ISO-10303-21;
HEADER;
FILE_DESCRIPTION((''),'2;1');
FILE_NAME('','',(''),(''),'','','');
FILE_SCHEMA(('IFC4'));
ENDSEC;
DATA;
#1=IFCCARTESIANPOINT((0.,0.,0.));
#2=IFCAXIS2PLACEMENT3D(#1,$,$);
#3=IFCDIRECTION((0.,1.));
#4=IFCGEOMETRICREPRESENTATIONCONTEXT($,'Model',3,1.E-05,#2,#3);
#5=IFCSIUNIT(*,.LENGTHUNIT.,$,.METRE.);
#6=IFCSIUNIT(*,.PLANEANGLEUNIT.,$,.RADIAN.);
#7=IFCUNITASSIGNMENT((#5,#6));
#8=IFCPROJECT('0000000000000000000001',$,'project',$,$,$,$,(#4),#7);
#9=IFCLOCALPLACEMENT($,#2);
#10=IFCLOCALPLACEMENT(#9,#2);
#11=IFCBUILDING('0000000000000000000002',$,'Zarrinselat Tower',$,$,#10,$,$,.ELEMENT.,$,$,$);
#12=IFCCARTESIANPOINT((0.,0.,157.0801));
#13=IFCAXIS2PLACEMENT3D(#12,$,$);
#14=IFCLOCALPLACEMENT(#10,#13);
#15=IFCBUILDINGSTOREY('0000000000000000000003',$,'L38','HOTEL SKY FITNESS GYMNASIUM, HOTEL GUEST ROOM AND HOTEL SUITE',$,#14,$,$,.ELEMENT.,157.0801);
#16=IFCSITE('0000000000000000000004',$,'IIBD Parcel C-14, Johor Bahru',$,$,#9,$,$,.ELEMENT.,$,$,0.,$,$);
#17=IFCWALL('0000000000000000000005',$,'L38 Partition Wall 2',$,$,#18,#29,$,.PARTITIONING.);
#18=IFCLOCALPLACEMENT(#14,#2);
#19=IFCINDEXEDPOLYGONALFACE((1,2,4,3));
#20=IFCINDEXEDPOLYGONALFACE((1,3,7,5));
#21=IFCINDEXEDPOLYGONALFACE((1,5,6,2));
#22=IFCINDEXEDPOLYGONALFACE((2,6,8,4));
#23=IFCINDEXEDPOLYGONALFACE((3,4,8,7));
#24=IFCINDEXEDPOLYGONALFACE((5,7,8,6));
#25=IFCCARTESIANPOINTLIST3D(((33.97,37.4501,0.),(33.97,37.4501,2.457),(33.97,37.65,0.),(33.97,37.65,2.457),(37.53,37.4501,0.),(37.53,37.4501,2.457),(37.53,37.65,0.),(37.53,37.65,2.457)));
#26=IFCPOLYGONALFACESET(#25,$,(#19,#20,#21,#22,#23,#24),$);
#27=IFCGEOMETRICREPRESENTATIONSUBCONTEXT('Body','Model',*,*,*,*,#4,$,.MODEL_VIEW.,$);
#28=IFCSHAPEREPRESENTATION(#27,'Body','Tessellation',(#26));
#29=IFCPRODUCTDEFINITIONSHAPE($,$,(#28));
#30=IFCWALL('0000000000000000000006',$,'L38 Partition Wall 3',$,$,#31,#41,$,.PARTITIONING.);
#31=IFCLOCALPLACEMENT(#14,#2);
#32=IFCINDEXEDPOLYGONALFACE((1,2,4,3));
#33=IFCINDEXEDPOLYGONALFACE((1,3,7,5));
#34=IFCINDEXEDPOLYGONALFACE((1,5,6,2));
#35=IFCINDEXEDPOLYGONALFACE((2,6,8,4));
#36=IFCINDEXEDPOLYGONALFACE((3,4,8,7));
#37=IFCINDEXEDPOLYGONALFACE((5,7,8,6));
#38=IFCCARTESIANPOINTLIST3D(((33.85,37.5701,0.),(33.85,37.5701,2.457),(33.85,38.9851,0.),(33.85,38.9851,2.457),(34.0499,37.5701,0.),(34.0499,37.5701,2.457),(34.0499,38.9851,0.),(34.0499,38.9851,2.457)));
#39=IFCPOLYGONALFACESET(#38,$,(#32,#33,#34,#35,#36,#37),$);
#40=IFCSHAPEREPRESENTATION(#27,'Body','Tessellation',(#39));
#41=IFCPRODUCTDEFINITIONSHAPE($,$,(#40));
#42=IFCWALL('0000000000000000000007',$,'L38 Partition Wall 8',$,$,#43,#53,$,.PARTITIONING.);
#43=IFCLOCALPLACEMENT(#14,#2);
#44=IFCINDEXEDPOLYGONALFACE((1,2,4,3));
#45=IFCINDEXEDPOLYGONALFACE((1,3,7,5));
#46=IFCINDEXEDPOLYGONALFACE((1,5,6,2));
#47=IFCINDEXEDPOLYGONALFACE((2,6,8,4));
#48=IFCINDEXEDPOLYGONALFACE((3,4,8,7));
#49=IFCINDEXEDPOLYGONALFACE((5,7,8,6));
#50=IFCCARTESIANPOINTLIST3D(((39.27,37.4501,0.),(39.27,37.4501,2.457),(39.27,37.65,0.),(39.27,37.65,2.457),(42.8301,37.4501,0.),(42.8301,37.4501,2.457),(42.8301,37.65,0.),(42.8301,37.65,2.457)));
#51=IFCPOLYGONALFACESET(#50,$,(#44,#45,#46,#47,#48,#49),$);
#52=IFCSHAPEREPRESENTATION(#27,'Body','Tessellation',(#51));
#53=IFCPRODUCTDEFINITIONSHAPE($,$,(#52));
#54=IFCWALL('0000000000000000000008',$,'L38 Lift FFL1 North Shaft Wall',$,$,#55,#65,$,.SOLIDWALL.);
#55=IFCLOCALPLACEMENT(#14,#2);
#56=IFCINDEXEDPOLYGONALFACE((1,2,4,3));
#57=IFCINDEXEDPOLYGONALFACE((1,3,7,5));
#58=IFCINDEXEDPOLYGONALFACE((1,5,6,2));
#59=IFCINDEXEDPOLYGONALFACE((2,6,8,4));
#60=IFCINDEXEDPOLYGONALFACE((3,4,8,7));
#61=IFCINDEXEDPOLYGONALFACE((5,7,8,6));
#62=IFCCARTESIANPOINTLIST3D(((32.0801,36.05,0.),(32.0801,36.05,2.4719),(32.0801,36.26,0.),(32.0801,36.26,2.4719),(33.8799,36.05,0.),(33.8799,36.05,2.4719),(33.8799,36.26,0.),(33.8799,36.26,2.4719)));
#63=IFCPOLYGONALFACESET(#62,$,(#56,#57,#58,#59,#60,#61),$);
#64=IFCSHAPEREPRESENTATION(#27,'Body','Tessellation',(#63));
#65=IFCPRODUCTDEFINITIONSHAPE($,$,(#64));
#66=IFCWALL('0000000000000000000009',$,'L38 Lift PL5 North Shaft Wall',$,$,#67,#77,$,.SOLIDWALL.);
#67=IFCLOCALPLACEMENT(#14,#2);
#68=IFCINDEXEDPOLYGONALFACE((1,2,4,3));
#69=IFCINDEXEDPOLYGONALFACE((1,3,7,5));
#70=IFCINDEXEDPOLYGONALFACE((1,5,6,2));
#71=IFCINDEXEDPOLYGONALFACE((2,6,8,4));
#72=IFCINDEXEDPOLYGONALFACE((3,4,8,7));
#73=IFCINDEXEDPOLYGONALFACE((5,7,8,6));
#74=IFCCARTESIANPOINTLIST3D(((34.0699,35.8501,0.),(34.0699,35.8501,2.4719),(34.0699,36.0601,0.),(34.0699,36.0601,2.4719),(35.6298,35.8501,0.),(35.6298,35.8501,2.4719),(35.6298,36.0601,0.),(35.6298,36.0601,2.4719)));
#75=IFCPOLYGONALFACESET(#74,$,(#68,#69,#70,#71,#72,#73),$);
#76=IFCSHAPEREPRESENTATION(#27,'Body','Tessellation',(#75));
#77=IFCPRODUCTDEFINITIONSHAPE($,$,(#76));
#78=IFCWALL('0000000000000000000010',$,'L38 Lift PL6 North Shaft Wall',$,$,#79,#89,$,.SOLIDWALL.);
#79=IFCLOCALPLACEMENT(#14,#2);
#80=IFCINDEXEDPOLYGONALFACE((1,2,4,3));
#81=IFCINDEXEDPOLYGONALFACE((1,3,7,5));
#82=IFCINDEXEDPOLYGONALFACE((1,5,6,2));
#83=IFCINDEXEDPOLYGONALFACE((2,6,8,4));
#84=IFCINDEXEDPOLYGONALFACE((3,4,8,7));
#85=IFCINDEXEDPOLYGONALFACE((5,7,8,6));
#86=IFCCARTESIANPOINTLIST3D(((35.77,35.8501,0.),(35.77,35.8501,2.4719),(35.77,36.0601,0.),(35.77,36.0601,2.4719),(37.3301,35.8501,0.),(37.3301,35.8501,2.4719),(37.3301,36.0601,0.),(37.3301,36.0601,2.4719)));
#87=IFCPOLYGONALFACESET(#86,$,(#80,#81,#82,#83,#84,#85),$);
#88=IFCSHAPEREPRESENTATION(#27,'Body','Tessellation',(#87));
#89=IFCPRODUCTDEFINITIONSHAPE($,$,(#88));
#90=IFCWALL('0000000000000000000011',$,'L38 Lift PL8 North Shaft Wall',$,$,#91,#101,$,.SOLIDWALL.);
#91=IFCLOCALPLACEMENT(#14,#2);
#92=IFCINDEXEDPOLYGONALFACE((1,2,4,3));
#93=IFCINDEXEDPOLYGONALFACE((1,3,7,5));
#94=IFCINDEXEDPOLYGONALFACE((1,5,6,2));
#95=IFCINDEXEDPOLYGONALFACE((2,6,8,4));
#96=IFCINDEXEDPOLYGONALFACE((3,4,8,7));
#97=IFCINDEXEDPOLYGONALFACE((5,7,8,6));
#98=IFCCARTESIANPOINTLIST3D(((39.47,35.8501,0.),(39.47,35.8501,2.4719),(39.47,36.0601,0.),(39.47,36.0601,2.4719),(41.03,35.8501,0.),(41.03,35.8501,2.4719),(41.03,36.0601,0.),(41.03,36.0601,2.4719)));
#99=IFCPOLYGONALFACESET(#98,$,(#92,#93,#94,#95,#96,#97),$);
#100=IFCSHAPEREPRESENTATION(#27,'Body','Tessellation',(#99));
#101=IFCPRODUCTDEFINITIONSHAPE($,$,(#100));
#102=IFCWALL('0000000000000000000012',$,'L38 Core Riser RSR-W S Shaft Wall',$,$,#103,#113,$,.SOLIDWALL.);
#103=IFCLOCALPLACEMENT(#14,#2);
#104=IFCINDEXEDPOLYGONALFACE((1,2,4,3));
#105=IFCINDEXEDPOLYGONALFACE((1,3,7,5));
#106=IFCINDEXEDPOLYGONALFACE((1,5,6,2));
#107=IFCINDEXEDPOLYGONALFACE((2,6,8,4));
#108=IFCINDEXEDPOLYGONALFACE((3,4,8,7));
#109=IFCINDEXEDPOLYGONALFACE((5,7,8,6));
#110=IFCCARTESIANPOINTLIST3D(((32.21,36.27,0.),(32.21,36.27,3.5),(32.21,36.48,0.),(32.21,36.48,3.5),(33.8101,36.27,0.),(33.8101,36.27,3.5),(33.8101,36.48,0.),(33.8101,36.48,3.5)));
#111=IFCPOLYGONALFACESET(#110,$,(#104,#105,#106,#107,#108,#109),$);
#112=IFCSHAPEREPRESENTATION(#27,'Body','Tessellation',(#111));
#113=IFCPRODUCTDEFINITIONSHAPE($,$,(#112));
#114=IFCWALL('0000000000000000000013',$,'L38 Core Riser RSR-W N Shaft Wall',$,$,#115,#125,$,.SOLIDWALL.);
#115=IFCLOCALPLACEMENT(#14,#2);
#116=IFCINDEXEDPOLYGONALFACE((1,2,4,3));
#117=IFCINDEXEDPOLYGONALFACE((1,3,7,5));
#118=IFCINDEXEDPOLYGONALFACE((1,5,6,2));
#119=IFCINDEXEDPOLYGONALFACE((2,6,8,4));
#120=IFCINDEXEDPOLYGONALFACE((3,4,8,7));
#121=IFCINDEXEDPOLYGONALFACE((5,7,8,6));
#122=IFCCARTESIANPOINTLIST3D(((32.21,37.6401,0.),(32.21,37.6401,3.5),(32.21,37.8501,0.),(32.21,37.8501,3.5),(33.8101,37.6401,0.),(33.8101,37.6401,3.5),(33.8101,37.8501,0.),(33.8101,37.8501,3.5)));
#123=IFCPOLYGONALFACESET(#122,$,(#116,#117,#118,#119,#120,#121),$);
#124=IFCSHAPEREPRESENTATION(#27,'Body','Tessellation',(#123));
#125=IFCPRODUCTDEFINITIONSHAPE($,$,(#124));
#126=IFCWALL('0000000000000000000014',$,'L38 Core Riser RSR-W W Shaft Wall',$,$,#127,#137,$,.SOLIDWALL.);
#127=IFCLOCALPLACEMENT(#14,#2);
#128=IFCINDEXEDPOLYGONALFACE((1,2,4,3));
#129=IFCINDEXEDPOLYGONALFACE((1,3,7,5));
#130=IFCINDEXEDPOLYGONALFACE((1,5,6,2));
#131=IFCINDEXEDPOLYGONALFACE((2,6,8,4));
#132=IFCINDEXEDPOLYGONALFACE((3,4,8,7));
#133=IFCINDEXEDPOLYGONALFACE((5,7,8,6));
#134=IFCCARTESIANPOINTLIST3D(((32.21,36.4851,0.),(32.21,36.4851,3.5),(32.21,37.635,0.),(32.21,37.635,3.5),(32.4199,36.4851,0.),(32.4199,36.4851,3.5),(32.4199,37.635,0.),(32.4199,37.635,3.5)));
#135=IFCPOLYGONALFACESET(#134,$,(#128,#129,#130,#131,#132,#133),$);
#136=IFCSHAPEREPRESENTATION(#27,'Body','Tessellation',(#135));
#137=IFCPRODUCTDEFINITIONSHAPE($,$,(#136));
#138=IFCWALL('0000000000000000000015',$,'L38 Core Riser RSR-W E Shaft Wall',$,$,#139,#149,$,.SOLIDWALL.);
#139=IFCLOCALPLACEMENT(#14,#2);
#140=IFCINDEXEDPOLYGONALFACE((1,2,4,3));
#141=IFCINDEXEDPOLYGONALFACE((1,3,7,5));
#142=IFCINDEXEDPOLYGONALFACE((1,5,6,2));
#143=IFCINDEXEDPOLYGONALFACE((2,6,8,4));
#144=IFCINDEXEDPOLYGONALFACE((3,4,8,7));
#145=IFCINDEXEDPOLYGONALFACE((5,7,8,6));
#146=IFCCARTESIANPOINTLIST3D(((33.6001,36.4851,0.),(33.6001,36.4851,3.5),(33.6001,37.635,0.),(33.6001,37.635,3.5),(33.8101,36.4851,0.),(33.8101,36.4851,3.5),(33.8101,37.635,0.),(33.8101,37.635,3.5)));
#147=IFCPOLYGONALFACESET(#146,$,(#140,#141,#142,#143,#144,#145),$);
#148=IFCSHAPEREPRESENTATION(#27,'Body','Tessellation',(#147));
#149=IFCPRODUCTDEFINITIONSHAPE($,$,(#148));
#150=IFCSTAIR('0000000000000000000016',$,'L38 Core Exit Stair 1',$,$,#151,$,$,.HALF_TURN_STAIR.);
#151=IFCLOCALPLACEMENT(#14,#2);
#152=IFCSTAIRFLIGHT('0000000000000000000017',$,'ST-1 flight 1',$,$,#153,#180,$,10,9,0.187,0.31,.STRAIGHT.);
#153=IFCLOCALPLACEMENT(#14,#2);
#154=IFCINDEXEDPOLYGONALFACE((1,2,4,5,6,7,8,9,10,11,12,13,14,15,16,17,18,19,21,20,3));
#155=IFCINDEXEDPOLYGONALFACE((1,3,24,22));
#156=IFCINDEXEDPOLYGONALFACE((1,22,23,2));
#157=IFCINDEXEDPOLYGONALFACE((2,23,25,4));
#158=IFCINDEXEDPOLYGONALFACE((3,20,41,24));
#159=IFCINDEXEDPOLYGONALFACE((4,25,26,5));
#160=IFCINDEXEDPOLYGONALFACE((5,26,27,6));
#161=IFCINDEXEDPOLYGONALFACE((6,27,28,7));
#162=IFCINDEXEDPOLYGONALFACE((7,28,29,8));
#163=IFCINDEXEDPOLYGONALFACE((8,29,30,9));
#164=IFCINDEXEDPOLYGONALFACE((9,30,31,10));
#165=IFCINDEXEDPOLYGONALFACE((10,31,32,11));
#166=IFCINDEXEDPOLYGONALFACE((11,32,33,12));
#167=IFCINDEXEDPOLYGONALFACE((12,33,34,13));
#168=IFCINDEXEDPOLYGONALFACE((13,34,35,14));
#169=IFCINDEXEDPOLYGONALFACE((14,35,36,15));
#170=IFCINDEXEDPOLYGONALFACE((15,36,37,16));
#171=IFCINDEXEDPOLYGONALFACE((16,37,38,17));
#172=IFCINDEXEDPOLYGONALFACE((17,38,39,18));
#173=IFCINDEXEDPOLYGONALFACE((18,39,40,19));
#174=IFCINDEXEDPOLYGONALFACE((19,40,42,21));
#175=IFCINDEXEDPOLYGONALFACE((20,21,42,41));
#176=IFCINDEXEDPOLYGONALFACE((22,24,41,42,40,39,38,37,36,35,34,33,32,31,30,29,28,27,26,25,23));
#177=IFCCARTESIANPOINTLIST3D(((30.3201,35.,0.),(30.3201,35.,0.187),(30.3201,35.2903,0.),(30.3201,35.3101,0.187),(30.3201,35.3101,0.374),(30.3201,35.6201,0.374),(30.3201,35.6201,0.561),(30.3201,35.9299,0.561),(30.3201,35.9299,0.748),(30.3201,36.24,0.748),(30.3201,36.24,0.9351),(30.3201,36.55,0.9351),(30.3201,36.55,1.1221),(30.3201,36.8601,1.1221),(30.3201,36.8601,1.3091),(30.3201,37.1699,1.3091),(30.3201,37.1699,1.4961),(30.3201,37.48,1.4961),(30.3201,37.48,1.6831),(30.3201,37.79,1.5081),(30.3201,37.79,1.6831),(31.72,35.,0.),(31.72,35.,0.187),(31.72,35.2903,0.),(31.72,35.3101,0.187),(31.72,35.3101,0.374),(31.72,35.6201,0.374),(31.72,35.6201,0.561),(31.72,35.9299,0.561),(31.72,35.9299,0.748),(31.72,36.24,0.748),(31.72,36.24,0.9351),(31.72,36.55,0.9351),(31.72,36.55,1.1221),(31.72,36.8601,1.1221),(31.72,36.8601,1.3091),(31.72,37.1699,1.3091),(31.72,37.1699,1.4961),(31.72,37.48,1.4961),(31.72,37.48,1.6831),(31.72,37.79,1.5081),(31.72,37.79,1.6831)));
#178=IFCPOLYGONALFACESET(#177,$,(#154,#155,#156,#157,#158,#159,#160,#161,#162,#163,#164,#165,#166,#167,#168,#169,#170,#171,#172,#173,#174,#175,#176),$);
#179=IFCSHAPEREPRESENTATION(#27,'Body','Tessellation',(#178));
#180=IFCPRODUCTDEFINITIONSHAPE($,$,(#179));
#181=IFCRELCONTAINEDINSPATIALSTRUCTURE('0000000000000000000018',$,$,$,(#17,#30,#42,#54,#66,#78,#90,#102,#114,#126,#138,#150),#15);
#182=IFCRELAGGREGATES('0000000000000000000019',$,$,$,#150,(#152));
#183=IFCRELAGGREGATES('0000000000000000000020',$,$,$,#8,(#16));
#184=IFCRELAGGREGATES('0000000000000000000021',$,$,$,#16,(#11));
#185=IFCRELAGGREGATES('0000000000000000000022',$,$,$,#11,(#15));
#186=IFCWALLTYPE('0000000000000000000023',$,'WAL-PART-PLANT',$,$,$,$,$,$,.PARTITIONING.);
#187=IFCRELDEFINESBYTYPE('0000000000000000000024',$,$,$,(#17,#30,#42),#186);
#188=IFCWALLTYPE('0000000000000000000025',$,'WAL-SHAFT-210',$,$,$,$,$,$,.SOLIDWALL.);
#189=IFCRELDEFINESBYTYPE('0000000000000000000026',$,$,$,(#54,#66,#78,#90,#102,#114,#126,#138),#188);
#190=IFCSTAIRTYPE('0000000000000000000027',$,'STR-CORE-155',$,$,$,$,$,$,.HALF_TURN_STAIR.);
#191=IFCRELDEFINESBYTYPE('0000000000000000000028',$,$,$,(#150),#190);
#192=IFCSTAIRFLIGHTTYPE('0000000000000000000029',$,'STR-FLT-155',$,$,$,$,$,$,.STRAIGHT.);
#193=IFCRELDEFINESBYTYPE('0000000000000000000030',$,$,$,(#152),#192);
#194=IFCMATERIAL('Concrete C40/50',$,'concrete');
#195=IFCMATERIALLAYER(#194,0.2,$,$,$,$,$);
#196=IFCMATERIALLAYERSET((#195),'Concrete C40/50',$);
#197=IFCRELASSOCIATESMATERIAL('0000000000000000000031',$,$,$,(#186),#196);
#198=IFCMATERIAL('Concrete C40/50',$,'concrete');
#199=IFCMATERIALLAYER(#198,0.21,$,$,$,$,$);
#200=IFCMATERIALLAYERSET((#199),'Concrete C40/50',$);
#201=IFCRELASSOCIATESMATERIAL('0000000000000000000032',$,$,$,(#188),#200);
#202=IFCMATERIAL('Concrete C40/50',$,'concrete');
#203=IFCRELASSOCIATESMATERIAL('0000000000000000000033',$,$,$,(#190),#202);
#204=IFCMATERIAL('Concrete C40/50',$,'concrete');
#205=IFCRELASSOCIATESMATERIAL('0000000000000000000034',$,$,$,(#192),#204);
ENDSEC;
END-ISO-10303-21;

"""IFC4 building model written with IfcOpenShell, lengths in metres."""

from ifc_helpers import new_model, si_unit, direction, frame, frame_2d, origin, place, context, subcontext, project, spatial, polyline, rectangle, outline, extrude, material, layer, layer_set, type_object, element, aggregate, save


model = new_model("IFC4")

# Units and contexts
model_context = context("Model", 3, precision=1e-05, world=origin(), true_north=direction((0.0, 1.0)))
body_context = subcontext(model_context, "Body", "Model", "MODEL_VIEW")
ifc_project = project(units=[si_unit("LENGTHUNIT", "METRE"), si_unit("PLANEANGLEUNIT", "RADIAN")], contexts=[model_context])

# Site, building, storey
site_placement = place(None, origin())
site = spatial("IfcSite", under=ifc_project, at=site_placement, Name="IIBD Parcel C-14, Johor Bahru", CompositionType="ELEMENT", RefElevation=0.0)
building_placement = place(site_placement, origin())
building = spatial("IfcBuilding", under=site, at=building_placement, Name="Zarrinselat Tower", CompositionType="ELEMENT")
storey_placement = place(building_placement, frame((0.0, 0.0, 157.0801)))
storey = spatial("IfcBuildingStorey", under=building, at=storey_placement, Name="L38", Description="HOTEL SKY FITNESS GYMNASIUM, HOTEL GUEST ROOM AND HOTEL SUITE", CompositionType="ELEMENT", Elevation=157.0801)

# Walls
ifc_material_1 = material(Name="Concrete C40/50", Category="concrete")
ifc_layer_1 = layer(ifc_material_1, 0.2)
ifc_layer_set_1 = layer_set([ifc_layer_1], Name="Concrete C40/50")
wall_type_1 = type_object("IfcWallType", Name="WAL-PART-PLANT", PredefinedType="PARTITIONING", material=ifc_layer_set_1)
wall_1_placement = place(storey_placement, frame((33.97, 37.55, 0.0), z_axis=(0.0, 0.0, 1.0), x_axis=(1.0, 0.0, 0.0)))
element("IfcWall", 1, at=wall_1_placement, inside=storey, type_object=wall_type_1, Name="L38 Partition Wall 2", PredefinedType="PARTITIONING", context=body_context, shape_type="SweptSolid", body=[
    extrude(rectangle(XDim=3.5601, YDim=0.2, at=frame_2d((1.78, 0.0))), origin(), (0.0, 0.0, 1.0), 2.457),
])
wall_2_placement = place(storey_placement, frame((33.95, 37.5701, 0.0), z_axis=(0.0, 0.0, 1.0), x_axis=(0.0, 1.0, 0.0)))
element("IfcWall", 2, at=wall_2_placement, inside=storey, type_object=wall_type_1, Name="L38 Partition Wall 3", PredefinedType="PARTITIONING", context=body_context, shape_type="SweptSolid", body=[
    extrude(rectangle(XDim=1.415, YDim=0.2, at=frame_2d((0.7075, 0.0))), origin(), (0.0, 0.0, 1.0), 2.457),
])
wall_3_placement = place(storey_placement, frame((39.27, 37.55, 0.0), z_axis=(0.0, 0.0, 1.0), x_axis=(1.0, 0.0, 0.0)))
element("IfcWall", 3, at=wall_3_placement, inside=storey, type_object=wall_type_1, Name="L38 Partition Wall 8", PredefinedType="PARTITIONING", context=body_context, shape_type="SweptSolid", body=[
    extrude(rectangle(XDim=3.5601, YDim=0.2, at=frame_2d((1.78, 0.0))), origin(), (0.0, 0.0, 1.0), 2.457),
])
ifc_material_2 = material(Name="Concrete C40/50", Category="concrete")
ifc_layer_2 = layer(ifc_material_2, 0.21)
ifc_layer_set_2 = layer_set([ifc_layer_2], Name="Concrete C40/50")
wall_type_2 = type_object("IfcWallType", Name="WAL-SHAFT-210", PredefinedType="SOLIDWALL", material=ifc_layer_set_2)
wall_4_placement = place(storey_placement, frame((32.0801, 36.155, 0.0), z_axis=(0.0, 0.0, 1.0), x_axis=(1.0, 0.0, 0.0)))
element("IfcWall", 4, at=wall_4_placement, inside=storey, type_object=wall_type_2, Name="L38 Lift FFL1 North Shaft Wall", PredefinedType="SOLIDWALL", context=body_context, shape_type="SweptSolid", body=[
    extrude(rectangle(XDim=1.7998, YDim=0.21, at=frame_2d((0.8999, 0.0))), origin(), (0.0, 0.0, 1.0), 2.4719),
])
wall_5_placement = place(storey_placement, frame((34.0701, 35.9551, 0.0), z_axis=(0.0, 0.0, 1.0), x_axis=(1.0, 0.0, 0.0)))
element("IfcWall", 5, at=wall_5_placement, inside=storey, type_object=wall_type_2, Name="L38 Lift PL5 North Shaft Wall", PredefinedType="SOLIDWALL", context=body_context, shape_type="SweptSolid", body=[
    extrude(rectangle(XDim=1.5598, YDim=0.21, at=frame_2d((0.7798, 0.0))), origin(), (0.0, 0.0, 1.0), 2.4719),
])
for number, where, z_axis, x_axis, name in (
    (6, (35.77, 35.9551, 0.0), (0.0, 0.0, 1.0), (1.0, 0.0, 0.0), "L38 Lift PL6 North Shaft Wall"),
    (7, (39.47, 35.9551, 0.0), (0.0, 0.0, 1.0), (1.0, 0.0, 0.0), "L38 Lift PL8 North Shaft Wall"),
):
    element("IfcWall", number, at=place(storey_placement, frame(where, z_axis=z_axis, x_axis=x_axis)), inside=storey, type_object=wall_type_2, Name=name, PredefinedType="SOLIDWALL", context=body_context, shape_type="SweptSolid", body=[
        extrude(rectangle(XDim=1.5601, YDim=0.21, at=frame_2d((0.78, 0.0))), origin(), (0.0, 0.0, 1.0), 2.4719),
    ])
for number, where, z_axis, x_axis, name in (
    (8, (32.21, 36.375, 0.0), (0.0, 0.0, 1.0), (1.0, 0.0, 0.0), "L38 Core Riser RSR-W S Shaft Wall"),
    (9, (32.21, 37.7451, 0.0), (0.0, 0.0, 1.0), (1.0, 0.0, 0.0), "L38 Core Riser RSR-W N Shaft Wall"),
):
    element("IfcWall", number, at=place(storey_placement, frame(where, z_axis=z_axis, x_axis=x_axis)), inside=storey, type_object=wall_type_2, Name=name, PredefinedType="SOLIDWALL", context=body_context, shape_type="SweptSolid", body=[
        extrude(rectangle(XDim=1.6001, YDim=0.21, at=frame_2d((0.8, 0.0))), origin(), (0.0, 0.0, 1.0), 3.5),
    ])
for number, where, z_axis, x_axis, name in (
    (10, (32.3149, 36.4851, 0.0), (0.0, 0.0, 1.0), (0.0, 1.0, 0.0), "L38 Core Riser RSR-W W Shaft Wall"),
    (11, (33.7051, 36.4851, 0.0), (0.0, 0.0, 1.0), (0.0, 1.0, 0.0), "L38 Core Riser RSR-W E Shaft Wall"),
):
    element("IfcWall", number, at=place(storey_placement, frame(where, z_axis=z_axis, x_axis=x_axis)), inside=storey, type_object=wall_type_2, Name=name, PredefinedType="SOLIDWALL", context=body_context, shape_type="SweptSolid", body=[
        extrude(rectangle(XDim=1.1499, YDim=0.21, at=frame_2d((0.575, 0.0))), origin(), (0.0, 0.0, 1.0), 3.5),
    ])

# Stair, stair flight
ifc_material_3 = material(Name="Concrete C40/50", Category="concrete")
stair_type = type_object("IfcStairType", Name="STR-CORE-155", PredefinedType="HALF_TURN_STAIR", material=ifc_material_3)
stair_placement = place(storey_placement, origin())
stair = element("IfcStair", 12, at=stair_placement, inside=storey, type_object=stair_type, Name="L38 Core Exit Stair 1", PredefinedType="HALF_TURN_STAIR")
ifc_material_4 = material(Name="Concrete C40/50", Category="concrete")
stair_flight_type = type_object("IfcStairFlightType", Name="STR-FLT-155", PredefinedType="STRAIGHT", material=ifc_material_4)
stair_flight_1_placement = place(storey_placement, frame((31.02, 35.0, 0.0), z_axis=(0.0, 0.0, 1.0), x_axis=(0.0, 1.0, 0.0)))
stair_flight_1 = element("IfcStairFlight", 13, at=stair_flight_1_placement, type_object=stair_flight_type, Name="ST-1 flight 1", NumberOfRisers=10, NumberOfTreads=9, PredefinedType="STRAIGHT", RiserHeight=0.187, TreadLength=0.31, context=body_context, shape_type="SweptSolid", body=[
    extrude(outline(polyline([(0.0, 0.0), (0.0, 0.187), (0.3101, 0.187), (0.3101, 0.374), (0.6201, 0.374), (0.6201, 0.561), (0.9299, 0.561), (0.9299, 0.748), (1.24, 0.748), (1.24, 0.9351), (1.55, 0.9351), (1.55, 1.1221), (1.8601, 1.1221), (1.8601, 1.3091), (2.1699, 1.3091), (2.1699, 1.4961), (2.48, 1.4961), (2.48, 1.6831), (2.79, 1.6831), (2.79, 1.8701), (2.79, 1.5081), (0.2903, 0.0), (0.0, 0.0)])), frame((0.0, 0.7, 0.0), z_axis=(0.0, -1.0, 0.0), x_axis=(1.0, 0.0, 0.0)), (0.0, 0.0, 1.0), 1.3999),
])
aggregate(stair, [stair_flight_1])

save(model, "model.ifc")
